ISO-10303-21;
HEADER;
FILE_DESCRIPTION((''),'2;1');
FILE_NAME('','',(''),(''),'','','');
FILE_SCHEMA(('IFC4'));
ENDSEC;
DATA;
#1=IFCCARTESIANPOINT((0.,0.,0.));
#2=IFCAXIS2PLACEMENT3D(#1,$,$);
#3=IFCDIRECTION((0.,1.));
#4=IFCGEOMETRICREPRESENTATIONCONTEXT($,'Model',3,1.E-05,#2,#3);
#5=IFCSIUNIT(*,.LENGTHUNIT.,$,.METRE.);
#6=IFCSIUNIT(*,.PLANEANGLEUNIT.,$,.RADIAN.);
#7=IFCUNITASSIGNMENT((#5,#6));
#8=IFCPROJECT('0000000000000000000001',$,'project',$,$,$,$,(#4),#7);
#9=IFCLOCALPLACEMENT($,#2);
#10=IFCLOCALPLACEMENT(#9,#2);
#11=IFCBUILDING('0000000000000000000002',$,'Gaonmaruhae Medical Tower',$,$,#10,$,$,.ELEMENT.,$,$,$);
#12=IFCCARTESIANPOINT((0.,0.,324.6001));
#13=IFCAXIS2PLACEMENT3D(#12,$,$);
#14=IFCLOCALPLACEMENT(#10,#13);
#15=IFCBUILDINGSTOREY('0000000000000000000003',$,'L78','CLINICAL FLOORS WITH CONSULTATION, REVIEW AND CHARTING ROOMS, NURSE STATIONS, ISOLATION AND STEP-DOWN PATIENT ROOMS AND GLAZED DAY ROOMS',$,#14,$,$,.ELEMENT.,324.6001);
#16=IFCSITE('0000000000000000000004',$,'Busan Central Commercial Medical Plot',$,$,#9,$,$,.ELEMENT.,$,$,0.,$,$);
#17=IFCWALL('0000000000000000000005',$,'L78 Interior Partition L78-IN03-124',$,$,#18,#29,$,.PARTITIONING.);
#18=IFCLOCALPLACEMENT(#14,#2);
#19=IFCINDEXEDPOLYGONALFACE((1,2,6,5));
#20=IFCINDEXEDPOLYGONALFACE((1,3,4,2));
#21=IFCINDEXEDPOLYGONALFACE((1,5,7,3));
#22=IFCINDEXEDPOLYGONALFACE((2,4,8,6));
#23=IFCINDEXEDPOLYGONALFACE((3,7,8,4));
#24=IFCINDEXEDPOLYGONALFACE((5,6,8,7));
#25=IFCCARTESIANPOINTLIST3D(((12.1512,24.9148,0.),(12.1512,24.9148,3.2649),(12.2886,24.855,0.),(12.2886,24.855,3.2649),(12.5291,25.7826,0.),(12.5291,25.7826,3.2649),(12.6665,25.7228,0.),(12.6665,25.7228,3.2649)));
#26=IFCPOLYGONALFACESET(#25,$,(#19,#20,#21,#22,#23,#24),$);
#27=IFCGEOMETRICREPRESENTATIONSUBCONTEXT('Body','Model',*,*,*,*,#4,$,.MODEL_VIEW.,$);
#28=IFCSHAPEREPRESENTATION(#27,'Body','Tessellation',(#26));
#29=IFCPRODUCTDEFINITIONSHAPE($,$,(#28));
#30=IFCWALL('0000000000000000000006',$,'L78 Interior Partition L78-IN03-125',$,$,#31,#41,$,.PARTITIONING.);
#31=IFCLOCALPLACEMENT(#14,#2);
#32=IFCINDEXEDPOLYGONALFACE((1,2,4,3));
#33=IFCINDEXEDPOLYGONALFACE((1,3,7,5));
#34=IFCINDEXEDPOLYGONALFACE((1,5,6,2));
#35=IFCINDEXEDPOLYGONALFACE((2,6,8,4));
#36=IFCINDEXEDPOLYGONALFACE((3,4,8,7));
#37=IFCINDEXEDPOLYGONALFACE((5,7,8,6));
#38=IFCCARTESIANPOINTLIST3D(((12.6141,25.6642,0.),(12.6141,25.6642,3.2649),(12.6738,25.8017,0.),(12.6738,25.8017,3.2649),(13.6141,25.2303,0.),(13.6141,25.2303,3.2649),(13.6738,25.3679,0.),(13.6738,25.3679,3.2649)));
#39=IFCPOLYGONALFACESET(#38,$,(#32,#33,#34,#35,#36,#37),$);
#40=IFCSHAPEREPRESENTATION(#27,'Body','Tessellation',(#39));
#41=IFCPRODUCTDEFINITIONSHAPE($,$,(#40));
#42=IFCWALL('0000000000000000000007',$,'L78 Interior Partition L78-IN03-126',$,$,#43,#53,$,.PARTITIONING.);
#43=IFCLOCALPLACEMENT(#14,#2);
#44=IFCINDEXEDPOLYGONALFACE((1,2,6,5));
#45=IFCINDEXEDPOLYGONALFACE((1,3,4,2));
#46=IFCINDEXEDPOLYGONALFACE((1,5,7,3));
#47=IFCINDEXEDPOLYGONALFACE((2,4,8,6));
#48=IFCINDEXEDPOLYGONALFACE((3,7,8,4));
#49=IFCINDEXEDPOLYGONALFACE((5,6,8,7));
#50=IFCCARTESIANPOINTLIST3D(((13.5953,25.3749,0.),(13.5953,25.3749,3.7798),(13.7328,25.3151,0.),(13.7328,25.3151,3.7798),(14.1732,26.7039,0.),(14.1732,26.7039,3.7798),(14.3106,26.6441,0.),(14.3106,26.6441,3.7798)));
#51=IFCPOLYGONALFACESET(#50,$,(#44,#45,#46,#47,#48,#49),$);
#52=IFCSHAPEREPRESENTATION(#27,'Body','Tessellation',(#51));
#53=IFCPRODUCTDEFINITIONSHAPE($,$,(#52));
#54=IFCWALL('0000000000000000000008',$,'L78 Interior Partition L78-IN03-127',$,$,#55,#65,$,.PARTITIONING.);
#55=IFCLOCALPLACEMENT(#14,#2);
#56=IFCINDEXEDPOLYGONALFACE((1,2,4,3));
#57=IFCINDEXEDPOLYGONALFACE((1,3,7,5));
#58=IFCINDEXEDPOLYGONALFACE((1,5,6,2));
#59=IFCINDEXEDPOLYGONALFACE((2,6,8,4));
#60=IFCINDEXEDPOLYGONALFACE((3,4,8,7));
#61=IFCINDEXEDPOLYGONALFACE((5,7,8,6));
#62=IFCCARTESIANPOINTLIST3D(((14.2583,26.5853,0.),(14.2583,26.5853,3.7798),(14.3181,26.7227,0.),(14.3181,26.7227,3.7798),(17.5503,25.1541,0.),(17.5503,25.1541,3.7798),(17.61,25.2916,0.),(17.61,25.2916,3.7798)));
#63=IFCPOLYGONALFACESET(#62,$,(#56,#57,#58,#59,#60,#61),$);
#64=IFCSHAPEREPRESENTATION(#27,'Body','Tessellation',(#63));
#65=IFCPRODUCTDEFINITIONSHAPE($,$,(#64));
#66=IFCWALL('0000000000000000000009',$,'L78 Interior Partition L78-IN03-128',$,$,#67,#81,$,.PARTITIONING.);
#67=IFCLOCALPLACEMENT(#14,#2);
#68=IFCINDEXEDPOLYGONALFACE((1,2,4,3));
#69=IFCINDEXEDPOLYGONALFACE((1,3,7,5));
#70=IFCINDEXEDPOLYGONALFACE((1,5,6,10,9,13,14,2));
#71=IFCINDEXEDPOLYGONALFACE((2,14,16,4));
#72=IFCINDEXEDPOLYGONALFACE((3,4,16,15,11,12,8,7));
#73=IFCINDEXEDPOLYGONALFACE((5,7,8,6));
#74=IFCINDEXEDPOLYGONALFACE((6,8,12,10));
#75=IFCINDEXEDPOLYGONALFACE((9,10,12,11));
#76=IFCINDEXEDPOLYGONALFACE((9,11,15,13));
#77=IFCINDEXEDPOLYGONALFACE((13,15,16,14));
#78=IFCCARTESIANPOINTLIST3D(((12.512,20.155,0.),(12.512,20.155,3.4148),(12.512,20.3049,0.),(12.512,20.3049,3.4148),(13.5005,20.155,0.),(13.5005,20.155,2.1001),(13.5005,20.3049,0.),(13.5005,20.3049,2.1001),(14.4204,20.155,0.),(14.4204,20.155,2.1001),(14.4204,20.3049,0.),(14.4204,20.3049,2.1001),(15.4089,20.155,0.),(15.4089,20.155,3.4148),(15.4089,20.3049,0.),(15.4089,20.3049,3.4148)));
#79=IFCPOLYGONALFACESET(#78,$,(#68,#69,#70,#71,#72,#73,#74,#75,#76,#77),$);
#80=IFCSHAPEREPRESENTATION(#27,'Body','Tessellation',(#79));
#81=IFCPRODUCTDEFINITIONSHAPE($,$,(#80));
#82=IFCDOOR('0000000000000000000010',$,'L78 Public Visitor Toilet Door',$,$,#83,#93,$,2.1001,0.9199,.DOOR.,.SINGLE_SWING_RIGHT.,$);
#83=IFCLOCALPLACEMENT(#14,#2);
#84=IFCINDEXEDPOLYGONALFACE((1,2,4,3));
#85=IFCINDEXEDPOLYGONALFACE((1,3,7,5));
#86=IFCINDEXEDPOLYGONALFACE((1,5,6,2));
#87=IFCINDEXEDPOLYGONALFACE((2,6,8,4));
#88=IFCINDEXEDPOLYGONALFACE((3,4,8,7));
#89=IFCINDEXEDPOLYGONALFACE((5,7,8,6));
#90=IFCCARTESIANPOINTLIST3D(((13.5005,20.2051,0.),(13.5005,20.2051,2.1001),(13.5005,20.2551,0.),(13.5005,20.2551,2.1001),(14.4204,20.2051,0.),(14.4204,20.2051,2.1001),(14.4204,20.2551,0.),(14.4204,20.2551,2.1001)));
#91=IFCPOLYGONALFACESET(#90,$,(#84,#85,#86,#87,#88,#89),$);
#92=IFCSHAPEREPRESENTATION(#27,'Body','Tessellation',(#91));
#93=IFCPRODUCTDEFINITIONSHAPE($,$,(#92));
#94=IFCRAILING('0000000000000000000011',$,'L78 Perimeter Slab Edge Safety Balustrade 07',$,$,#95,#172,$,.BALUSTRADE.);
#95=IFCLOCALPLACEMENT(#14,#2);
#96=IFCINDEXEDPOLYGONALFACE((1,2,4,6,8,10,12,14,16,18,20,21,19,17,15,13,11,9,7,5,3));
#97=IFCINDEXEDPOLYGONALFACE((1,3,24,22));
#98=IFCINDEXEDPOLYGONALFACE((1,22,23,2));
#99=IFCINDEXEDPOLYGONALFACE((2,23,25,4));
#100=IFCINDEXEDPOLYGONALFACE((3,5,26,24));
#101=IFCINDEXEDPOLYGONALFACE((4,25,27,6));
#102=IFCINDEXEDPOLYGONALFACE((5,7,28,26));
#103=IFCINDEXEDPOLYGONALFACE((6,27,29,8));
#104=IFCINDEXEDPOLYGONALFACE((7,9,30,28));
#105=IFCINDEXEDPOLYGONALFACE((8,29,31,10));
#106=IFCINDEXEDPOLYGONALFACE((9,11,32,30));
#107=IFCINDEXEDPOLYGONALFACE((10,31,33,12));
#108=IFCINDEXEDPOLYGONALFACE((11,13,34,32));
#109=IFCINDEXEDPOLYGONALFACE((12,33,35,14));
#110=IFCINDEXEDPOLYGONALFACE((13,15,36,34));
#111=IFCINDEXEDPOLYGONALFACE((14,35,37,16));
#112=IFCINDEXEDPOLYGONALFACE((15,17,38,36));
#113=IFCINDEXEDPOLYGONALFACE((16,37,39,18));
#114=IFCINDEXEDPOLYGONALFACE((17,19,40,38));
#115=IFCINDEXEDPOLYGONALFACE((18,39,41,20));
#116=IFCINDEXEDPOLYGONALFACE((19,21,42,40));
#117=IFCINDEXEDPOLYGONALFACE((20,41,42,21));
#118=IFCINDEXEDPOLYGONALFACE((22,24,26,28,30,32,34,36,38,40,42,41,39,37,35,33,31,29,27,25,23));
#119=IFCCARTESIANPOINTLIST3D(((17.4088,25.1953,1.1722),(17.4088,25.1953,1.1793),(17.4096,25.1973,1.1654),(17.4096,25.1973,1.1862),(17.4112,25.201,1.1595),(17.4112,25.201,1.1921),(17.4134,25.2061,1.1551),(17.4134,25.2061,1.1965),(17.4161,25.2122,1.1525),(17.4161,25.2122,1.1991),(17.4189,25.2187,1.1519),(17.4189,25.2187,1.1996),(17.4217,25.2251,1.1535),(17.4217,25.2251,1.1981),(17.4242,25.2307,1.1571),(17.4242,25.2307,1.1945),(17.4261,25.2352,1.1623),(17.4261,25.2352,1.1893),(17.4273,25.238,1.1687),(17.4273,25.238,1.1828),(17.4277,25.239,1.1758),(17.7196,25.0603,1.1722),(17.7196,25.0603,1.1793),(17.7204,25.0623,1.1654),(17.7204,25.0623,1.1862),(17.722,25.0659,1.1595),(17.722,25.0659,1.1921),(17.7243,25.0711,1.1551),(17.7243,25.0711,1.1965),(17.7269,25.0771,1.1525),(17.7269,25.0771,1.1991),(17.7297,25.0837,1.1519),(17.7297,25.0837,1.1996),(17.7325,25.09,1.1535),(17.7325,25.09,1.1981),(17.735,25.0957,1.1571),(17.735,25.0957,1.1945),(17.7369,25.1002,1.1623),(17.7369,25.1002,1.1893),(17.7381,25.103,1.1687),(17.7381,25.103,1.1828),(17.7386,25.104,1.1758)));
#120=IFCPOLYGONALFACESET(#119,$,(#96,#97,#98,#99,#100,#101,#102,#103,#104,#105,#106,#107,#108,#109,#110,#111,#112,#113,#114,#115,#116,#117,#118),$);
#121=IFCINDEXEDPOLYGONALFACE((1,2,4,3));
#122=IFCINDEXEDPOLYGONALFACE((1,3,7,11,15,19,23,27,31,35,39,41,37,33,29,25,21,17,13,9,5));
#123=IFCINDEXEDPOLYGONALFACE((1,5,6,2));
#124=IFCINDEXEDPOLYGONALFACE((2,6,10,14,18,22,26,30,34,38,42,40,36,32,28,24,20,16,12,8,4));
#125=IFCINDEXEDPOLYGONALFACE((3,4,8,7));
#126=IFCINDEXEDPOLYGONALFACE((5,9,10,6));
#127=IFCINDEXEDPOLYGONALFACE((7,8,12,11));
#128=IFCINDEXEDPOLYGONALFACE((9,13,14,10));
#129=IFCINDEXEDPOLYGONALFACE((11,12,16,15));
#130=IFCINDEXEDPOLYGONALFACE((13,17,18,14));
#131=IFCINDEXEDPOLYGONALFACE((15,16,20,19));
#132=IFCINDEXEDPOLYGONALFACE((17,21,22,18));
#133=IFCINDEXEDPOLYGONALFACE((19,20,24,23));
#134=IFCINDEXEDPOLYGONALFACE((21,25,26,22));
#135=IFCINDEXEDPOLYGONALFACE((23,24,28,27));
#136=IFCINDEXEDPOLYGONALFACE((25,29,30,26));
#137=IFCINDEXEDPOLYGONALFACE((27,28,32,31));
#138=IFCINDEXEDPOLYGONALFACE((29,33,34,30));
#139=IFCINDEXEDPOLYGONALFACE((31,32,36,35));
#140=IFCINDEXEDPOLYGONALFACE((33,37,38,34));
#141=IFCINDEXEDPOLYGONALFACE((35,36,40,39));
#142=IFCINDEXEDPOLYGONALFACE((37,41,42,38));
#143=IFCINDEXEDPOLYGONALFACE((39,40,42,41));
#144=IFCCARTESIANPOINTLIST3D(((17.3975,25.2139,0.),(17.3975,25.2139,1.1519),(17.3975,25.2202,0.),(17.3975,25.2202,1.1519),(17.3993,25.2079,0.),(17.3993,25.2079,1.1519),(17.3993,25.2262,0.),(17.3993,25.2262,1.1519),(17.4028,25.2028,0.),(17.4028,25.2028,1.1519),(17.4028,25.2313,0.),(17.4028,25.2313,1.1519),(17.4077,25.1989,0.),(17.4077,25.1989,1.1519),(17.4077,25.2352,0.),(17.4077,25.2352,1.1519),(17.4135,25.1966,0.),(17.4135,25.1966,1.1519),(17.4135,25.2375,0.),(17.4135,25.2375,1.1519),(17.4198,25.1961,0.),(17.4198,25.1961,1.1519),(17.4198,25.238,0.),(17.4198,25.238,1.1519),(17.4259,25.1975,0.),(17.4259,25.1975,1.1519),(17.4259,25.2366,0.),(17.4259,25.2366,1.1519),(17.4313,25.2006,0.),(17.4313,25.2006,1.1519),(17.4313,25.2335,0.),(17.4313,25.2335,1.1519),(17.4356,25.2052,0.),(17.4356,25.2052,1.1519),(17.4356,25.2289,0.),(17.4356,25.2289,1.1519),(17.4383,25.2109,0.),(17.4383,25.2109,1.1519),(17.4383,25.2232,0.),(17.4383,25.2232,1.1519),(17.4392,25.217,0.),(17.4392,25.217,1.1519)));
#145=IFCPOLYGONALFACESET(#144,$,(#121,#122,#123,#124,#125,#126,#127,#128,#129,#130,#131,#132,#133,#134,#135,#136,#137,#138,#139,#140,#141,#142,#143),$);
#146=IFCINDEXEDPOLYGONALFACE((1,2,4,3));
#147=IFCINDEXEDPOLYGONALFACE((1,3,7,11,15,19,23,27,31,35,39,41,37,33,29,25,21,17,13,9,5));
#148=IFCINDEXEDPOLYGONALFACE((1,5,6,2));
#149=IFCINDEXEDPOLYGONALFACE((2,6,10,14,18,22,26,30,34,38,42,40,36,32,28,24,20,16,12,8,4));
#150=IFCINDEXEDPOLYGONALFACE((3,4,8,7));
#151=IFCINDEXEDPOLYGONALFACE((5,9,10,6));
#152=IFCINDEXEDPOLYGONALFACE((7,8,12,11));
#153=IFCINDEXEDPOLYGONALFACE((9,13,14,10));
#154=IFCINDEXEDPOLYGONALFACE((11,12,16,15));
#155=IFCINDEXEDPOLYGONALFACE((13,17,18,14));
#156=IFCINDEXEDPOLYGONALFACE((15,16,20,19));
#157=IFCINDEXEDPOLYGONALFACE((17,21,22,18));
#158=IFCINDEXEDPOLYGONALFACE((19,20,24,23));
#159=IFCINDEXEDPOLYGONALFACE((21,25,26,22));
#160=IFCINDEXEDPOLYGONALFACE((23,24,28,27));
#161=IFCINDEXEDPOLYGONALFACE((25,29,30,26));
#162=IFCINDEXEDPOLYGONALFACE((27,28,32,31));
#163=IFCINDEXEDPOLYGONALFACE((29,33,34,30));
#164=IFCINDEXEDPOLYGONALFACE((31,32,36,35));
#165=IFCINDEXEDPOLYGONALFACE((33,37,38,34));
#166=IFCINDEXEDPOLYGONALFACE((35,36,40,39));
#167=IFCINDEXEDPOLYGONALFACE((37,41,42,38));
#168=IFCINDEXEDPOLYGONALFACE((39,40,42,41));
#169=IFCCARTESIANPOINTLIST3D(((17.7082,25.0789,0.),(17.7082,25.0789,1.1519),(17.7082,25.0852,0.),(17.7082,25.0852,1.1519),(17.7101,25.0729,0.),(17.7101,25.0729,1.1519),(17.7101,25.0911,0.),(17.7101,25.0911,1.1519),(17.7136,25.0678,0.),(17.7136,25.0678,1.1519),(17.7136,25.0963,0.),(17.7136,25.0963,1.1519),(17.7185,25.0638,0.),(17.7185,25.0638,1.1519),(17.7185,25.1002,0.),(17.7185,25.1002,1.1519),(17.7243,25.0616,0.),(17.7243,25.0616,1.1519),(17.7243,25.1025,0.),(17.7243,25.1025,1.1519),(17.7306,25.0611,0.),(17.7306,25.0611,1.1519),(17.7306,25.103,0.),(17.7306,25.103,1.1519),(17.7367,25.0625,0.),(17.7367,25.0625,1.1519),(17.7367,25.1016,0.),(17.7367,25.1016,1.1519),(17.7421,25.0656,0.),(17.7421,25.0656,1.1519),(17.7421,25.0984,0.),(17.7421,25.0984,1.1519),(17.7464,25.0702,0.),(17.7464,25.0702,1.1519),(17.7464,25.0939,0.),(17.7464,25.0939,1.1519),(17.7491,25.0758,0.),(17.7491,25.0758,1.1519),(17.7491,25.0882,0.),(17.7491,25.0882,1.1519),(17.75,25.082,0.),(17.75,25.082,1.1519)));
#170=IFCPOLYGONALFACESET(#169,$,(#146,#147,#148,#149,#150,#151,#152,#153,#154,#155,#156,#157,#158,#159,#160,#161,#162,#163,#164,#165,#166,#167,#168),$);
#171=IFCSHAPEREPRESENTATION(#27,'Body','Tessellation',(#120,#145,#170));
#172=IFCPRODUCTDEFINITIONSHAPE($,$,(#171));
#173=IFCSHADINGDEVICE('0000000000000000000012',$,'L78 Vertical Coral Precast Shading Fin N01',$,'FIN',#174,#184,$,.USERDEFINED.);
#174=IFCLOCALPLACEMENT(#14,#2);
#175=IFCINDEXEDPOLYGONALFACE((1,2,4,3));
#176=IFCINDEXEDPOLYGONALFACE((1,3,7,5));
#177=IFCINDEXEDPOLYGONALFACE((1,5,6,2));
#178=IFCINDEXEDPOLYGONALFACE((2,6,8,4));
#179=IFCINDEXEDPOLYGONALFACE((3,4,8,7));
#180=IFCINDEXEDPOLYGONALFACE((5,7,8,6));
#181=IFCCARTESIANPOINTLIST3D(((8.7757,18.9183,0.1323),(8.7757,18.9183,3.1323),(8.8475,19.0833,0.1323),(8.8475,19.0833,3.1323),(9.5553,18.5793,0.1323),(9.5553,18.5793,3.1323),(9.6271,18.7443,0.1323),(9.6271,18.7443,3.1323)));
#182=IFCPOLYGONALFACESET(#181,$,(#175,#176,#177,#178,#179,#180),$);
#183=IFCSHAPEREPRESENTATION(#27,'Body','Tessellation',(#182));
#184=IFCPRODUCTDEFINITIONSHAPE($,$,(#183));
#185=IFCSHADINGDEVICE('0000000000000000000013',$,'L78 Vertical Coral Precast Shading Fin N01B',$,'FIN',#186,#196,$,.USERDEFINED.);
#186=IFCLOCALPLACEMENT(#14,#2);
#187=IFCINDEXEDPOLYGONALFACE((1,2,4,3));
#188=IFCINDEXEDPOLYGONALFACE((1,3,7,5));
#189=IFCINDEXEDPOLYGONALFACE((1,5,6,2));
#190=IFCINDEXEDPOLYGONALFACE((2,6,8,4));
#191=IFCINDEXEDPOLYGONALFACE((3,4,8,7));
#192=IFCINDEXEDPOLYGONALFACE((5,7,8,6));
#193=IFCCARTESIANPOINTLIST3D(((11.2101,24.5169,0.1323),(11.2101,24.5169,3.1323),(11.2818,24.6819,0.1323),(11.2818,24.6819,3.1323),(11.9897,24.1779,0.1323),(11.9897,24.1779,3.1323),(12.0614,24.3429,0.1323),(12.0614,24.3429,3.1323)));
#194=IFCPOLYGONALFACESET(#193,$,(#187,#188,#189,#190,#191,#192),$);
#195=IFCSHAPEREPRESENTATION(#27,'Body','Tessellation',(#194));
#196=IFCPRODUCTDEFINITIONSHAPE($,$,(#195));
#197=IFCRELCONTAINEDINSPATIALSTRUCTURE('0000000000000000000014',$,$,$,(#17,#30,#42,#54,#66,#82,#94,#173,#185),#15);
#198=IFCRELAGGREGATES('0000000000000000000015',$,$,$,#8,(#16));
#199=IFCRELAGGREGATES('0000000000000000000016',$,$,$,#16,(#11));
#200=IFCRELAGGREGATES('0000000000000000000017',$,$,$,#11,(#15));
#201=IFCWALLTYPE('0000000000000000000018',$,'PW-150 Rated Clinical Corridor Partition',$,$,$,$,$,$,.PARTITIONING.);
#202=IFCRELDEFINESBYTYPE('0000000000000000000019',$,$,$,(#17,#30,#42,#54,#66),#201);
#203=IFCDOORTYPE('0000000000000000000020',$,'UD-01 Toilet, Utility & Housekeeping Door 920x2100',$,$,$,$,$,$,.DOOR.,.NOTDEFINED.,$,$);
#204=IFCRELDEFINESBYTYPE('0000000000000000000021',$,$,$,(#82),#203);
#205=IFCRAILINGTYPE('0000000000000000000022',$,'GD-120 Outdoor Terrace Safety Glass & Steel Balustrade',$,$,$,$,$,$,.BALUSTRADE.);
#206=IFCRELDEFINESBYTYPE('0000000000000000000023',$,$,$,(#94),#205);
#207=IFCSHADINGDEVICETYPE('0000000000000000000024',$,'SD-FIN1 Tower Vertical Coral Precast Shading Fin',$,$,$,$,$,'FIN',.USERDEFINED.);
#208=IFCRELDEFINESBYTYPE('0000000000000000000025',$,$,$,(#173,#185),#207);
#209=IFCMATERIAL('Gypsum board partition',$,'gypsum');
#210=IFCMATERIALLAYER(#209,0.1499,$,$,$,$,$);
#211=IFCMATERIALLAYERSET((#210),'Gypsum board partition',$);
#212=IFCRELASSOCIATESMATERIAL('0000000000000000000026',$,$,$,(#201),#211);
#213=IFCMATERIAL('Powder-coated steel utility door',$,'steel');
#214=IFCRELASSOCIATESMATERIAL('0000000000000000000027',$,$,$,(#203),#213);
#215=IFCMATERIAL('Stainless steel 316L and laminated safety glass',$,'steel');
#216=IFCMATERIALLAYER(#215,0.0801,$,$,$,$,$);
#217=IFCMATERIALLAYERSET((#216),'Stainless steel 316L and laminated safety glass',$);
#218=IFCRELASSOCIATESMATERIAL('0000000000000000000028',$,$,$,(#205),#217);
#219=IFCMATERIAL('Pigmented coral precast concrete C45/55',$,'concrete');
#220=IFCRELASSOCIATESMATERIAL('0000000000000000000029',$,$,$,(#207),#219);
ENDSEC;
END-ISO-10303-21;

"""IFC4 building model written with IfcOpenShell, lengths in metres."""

from ifc_helpers import new_model, si_unit, direction, frame, frame_2d, origin, origin_2d, place, context, subcontext, project, spatial, rectangle, circle, extrude, material, layer, layer_set, type_object, element, fill, save


model = new_model("IFC4")

# Units and contexts
model_context = context("Model", 3, precision=1e-05, world=origin(), true_north=direction((0.0, 1.0)))
body_context = subcontext(model_context, "Body", "Model", "MODEL_VIEW")
ifc_project = project(units=[si_unit("LENGTHUNIT", "METRE"), si_unit("PLANEANGLEUNIT", "RADIAN")], contexts=[model_context])

# Site, building, storey
site_placement = place(None, origin())
site = spatial("IfcSite", under=ifc_project, at=site_placement, Name="Busan Central Commercial Medical Plot", CompositionType="ELEMENT", RefElevation=0.0)
building_placement = place(site_placement, origin())
building = spatial("IfcBuilding", under=site, at=building_placement, Name="Gaonmaruhae Medical Tower", CompositionType="ELEMENT")
storey_placement = place(building_placement, frame((0.0, 0.0, 324.6001)))
storey = spatial("IfcBuildingStorey", under=building, at=storey_placement, Name="L78", Description="CLINICAL FLOORS WITH CONSULTATION, REVIEW AND CHARTING ROOMS, NURSE STATIONS, ISOLATION AND STEP-DOWN PATIENT ROOMS AND GLAZED DAY ROOMS", CompositionType="ELEMENT", Elevation=324.6001)

# Walls
ifc_material_1 = material(Name="Gypsum board partition", Category="gypsum")
ifc_layer_1 = layer(ifc_material_1, 0.1499)
ifc_layer_set_1 = layer_set([ifc_layer_1], Name="Gypsum board partition")
wall_type_1 = type_object("IfcWallType", Name="PW-150 Rated Clinical Corridor Partition", PredefinedType="PARTITIONING", material=ifc_layer_set_1)
wall_1_placement = place(storey_placement, frame((12.22, 24.885, 0.0), z_axis=(0.0, 0.0, 1.0), x_axis=(0.399235, 0.916849, 0.0)))
element("IfcWall", 1, at=wall_1_placement, inside=storey, type_object=wall_type_1, Name="L78 Interior Partition L78-IN03-124", PredefinedType="PARTITIONING", context=body_context, shape_type="SweptSolid", body=[
    extrude(rectangle(XDim=0.9465, YDim=0.1499, at=frame_2d((0.4731, 0.0))), origin(), (0.0, 0.0, 1.0), 3.2649),
])
wall_2_placement = place(storey_placement, frame((12.644, 25.7329, 0.0), z_axis=(0.0, 0.0, 1.0), x_axis=(0.917387, -0.397997, 0.0)))
element("IfcWall", 2, at=wall_2_placement, inside=storey, type_object=wall_type_1, Name="L78 Interior Partition L78-IN03-125", PredefinedType="PARTITIONING", context=body_context, shape_type="SweptSolid", body=[
    extrude(rectangle(XDim=1.0901, YDim=0.1499, at=frame_2d((0.5449, 0.0))), origin(), (0.0, 0.0, 1.0), 3.2649),
])
wall_3_placement = place(storey_placement, frame((13.6641, 25.345, 0.0), z_axis=(0.0, 0.0, 1.0), x_axis=(0.398732, 0.917067, 0.0)))
element("IfcWall", 3, at=wall_3_placement, inside=storey, type_object=wall_type_1, Name="L78 Interior Partition L78-IN03-126", PredefinedType="PARTITIONING", context=body_context, shape_type="SweptSolid", body=[
    extrude(rectangle(XDim=1.4492, YDim=0.1499, at=frame_2d((0.7246, 0.0))), origin(), (0.0, 0.0, 1.0), 3.7798),
])
wall_4_placement = place(storey_placement, frame((14.2881, 26.6541, 0.0), z_axis=(0.0, 0.0, 1.0), x_axis=(0.917085, -0.398691, 0.0)))
element("IfcWall", 4, at=wall_4_placement, inside=storey, type_object=wall_type_1, Name="L78 Interior Partition L78-IN03-127", PredefinedType="PARTITIONING", context=body_context, shape_type="SweptSolid", body=[
    extrude(rectangle(XDim=3.5896, YDim=0.1499, at=frame_2d((1.7949, 0.0))), origin(), (0.0, 0.0, 1.0), 3.7798),
])

# Wall, opening, door
wall_5_placement = place(storey_placement, frame((15.4089, 20.23, 0.0), z_axis=(0.0, 0.0, 1.0), x_axis=(-1.0, 0.0, 0.0)))
wall_5 = element("IfcWall", 5, at=wall_5_placement, inside=storey, type_object=wall_type_1, Name="L78 Interior Partition L78-IN03-128", PredefinedType="PARTITIONING", context=body_context, shape_type="SweptSolid", body=[
    extrude(rectangle(XDim=2.897, YDim=0.1499, at=frame_2d((1.4485, 0.0))), origin(), (0.0, 0.0, 1.0), 3.4148),
])
opening_1_placement = place(wall_5_placement, frame((0.9885, 0.0, 0.0)))
opening_1 = element("IfcOpeningElement", 6, at=opening_1_placement, cuts=wall_5, PredefinedType="OPENING", context=body_context, shape_type="SweptSolid", body=[
    extrude(rectangle(XDim=0.9199, YDim=2.1001, at=frame_2d((0.46, 1.05))), frame((0.0, 0.085, 0.0), z_axis=(0.0, -1.0, 0.0), x_axis=(1.0, 0.0, 0.0)), (0.0, 0.0, 1.0), 0.1699),
])
ifc_material_2 = material(Name="Powder-coated steel utility door", Category="steel")
door_type = type_object("IfcDoorType", Name="UD-01 Toilet, Utility & Housekeeping Door 920x2100", OperationType="NOTDEFINED", PredefinedType="DOOR", material=ifc_material_2)
door_placement = place(opening_1_placement, origin())
door = element("IfcDoor", 7, at=door_placement, inside=storey, type_object=door_type, Name="L78 Public Visitor Toilet Door", OperationType="SINGLE_SWING_RIGHT", OverallHeight=2.1001, OverallWidth=0.9199, PredefinedType="DOOR", context=body_context, shape_type="SweptSolid", body=[
    extrude(rectangle(XDim=0.9199, YDim=2.1001, at=frame_2d((0.46, 1.05))), frame((0.0, 0.0249, 0.0), z_axis=(0.0, -1.0, 0.0), x_axis=(1.0, 0.0, 0.0)), (0.0, 0.0, 1.0), 0.05),
])
fill(opening_1, door)

# Railing
ifc_material_3 = material(Name="Stainless steel 316L and laminated safety glass", Category="steel")
ifc_layer_2 = layer(ifc_material_3, 0.0801)
ifc_layer_set_2 = layer_set([ifc_layer_2], Name="Stainless steel 316L and laminated safety glass")
railing_type = type_object("IfcRailingType", Name="GD-120 Outdoor Terrace Safety Glass & Steel Balustrade", PredefinedType="BALUSTRADE", material=ifc_layer_set_2)
railing_placement = place(storey_placement, frame((17.4182, 25.217, 0.0)))
element("IfcRailing", 8, at=railing_placement, inside=storey, type_object=railing_type, Name="L78 Perimeter Slab Edge Safety Balustrade 07", PredefinedType="BALUSTRADE", context=body_context, shape_type="SweptSolid", body=[
    extrude(circle(Radius=0.0239, at=origin_2d()), frame((0.0, 0.0, 1.1758), z_axis=(0.917196, -0.398436, 0.0), x_axis=(0.398436, 0.917196, 0.0)), (0.0, 0.0, 1.0), 0.3389),
    extrude(circle(Radius=0.021, at=origin_2d()), origin(), (0.0, 0.0, 1.0), 1.1519),
    extrude(circle(Radius=0.021, at=origin_2d()), frame((0.3108, -0.135, 0.0)), (0.0, 0.0, 1.0), 1.1519),
])

# Shading devices
ifc_material_4 = material(Name="Pigmented coral precast concrete C45/55", Category="concrete")
shading_device_type = type_object("IfcShadingDeviceType", Name="SD-FIN1 Tower Vertical Coral Precast Shading Fin", ElementType="FIN", PredefinedType="USERDEFINED", material=ifc_material_4)
for number, where, z_axis, x_axis, name in (
    (9, (9.2014, 18.8313, 0.1323), (0.0, 0.0, 1.0), (0.398749, 0.91706, 0.0), "L78 Vertical Coral Precast Shading Fin N01"),
    (10, (11.6357, 24.4299, 0.1323), (0.0, 0.0, 1.0), (0.398749, 0.91706, 0.0), "L78 Vertical Coral Precast Shading Fin N01B"),
):
    element("IfcShadingDevice", number, at=place(storey_placement, frame(where, z_axis=z_axis, x_axis=x_axis)), inside=storey, type_object=shading_device_type, Name=name, ObjectType="FIN", PredefinedType="USERDEFINED", context=body_context, shape_type="SweptSolid", body=[
        extrude(rectangle(XDim=0.1799, YDim=0.8501, at=origin_2d()), origin(), (0.0, 0.0, 1.0), 3.0),
    ])

save(model, "model.ifc")
